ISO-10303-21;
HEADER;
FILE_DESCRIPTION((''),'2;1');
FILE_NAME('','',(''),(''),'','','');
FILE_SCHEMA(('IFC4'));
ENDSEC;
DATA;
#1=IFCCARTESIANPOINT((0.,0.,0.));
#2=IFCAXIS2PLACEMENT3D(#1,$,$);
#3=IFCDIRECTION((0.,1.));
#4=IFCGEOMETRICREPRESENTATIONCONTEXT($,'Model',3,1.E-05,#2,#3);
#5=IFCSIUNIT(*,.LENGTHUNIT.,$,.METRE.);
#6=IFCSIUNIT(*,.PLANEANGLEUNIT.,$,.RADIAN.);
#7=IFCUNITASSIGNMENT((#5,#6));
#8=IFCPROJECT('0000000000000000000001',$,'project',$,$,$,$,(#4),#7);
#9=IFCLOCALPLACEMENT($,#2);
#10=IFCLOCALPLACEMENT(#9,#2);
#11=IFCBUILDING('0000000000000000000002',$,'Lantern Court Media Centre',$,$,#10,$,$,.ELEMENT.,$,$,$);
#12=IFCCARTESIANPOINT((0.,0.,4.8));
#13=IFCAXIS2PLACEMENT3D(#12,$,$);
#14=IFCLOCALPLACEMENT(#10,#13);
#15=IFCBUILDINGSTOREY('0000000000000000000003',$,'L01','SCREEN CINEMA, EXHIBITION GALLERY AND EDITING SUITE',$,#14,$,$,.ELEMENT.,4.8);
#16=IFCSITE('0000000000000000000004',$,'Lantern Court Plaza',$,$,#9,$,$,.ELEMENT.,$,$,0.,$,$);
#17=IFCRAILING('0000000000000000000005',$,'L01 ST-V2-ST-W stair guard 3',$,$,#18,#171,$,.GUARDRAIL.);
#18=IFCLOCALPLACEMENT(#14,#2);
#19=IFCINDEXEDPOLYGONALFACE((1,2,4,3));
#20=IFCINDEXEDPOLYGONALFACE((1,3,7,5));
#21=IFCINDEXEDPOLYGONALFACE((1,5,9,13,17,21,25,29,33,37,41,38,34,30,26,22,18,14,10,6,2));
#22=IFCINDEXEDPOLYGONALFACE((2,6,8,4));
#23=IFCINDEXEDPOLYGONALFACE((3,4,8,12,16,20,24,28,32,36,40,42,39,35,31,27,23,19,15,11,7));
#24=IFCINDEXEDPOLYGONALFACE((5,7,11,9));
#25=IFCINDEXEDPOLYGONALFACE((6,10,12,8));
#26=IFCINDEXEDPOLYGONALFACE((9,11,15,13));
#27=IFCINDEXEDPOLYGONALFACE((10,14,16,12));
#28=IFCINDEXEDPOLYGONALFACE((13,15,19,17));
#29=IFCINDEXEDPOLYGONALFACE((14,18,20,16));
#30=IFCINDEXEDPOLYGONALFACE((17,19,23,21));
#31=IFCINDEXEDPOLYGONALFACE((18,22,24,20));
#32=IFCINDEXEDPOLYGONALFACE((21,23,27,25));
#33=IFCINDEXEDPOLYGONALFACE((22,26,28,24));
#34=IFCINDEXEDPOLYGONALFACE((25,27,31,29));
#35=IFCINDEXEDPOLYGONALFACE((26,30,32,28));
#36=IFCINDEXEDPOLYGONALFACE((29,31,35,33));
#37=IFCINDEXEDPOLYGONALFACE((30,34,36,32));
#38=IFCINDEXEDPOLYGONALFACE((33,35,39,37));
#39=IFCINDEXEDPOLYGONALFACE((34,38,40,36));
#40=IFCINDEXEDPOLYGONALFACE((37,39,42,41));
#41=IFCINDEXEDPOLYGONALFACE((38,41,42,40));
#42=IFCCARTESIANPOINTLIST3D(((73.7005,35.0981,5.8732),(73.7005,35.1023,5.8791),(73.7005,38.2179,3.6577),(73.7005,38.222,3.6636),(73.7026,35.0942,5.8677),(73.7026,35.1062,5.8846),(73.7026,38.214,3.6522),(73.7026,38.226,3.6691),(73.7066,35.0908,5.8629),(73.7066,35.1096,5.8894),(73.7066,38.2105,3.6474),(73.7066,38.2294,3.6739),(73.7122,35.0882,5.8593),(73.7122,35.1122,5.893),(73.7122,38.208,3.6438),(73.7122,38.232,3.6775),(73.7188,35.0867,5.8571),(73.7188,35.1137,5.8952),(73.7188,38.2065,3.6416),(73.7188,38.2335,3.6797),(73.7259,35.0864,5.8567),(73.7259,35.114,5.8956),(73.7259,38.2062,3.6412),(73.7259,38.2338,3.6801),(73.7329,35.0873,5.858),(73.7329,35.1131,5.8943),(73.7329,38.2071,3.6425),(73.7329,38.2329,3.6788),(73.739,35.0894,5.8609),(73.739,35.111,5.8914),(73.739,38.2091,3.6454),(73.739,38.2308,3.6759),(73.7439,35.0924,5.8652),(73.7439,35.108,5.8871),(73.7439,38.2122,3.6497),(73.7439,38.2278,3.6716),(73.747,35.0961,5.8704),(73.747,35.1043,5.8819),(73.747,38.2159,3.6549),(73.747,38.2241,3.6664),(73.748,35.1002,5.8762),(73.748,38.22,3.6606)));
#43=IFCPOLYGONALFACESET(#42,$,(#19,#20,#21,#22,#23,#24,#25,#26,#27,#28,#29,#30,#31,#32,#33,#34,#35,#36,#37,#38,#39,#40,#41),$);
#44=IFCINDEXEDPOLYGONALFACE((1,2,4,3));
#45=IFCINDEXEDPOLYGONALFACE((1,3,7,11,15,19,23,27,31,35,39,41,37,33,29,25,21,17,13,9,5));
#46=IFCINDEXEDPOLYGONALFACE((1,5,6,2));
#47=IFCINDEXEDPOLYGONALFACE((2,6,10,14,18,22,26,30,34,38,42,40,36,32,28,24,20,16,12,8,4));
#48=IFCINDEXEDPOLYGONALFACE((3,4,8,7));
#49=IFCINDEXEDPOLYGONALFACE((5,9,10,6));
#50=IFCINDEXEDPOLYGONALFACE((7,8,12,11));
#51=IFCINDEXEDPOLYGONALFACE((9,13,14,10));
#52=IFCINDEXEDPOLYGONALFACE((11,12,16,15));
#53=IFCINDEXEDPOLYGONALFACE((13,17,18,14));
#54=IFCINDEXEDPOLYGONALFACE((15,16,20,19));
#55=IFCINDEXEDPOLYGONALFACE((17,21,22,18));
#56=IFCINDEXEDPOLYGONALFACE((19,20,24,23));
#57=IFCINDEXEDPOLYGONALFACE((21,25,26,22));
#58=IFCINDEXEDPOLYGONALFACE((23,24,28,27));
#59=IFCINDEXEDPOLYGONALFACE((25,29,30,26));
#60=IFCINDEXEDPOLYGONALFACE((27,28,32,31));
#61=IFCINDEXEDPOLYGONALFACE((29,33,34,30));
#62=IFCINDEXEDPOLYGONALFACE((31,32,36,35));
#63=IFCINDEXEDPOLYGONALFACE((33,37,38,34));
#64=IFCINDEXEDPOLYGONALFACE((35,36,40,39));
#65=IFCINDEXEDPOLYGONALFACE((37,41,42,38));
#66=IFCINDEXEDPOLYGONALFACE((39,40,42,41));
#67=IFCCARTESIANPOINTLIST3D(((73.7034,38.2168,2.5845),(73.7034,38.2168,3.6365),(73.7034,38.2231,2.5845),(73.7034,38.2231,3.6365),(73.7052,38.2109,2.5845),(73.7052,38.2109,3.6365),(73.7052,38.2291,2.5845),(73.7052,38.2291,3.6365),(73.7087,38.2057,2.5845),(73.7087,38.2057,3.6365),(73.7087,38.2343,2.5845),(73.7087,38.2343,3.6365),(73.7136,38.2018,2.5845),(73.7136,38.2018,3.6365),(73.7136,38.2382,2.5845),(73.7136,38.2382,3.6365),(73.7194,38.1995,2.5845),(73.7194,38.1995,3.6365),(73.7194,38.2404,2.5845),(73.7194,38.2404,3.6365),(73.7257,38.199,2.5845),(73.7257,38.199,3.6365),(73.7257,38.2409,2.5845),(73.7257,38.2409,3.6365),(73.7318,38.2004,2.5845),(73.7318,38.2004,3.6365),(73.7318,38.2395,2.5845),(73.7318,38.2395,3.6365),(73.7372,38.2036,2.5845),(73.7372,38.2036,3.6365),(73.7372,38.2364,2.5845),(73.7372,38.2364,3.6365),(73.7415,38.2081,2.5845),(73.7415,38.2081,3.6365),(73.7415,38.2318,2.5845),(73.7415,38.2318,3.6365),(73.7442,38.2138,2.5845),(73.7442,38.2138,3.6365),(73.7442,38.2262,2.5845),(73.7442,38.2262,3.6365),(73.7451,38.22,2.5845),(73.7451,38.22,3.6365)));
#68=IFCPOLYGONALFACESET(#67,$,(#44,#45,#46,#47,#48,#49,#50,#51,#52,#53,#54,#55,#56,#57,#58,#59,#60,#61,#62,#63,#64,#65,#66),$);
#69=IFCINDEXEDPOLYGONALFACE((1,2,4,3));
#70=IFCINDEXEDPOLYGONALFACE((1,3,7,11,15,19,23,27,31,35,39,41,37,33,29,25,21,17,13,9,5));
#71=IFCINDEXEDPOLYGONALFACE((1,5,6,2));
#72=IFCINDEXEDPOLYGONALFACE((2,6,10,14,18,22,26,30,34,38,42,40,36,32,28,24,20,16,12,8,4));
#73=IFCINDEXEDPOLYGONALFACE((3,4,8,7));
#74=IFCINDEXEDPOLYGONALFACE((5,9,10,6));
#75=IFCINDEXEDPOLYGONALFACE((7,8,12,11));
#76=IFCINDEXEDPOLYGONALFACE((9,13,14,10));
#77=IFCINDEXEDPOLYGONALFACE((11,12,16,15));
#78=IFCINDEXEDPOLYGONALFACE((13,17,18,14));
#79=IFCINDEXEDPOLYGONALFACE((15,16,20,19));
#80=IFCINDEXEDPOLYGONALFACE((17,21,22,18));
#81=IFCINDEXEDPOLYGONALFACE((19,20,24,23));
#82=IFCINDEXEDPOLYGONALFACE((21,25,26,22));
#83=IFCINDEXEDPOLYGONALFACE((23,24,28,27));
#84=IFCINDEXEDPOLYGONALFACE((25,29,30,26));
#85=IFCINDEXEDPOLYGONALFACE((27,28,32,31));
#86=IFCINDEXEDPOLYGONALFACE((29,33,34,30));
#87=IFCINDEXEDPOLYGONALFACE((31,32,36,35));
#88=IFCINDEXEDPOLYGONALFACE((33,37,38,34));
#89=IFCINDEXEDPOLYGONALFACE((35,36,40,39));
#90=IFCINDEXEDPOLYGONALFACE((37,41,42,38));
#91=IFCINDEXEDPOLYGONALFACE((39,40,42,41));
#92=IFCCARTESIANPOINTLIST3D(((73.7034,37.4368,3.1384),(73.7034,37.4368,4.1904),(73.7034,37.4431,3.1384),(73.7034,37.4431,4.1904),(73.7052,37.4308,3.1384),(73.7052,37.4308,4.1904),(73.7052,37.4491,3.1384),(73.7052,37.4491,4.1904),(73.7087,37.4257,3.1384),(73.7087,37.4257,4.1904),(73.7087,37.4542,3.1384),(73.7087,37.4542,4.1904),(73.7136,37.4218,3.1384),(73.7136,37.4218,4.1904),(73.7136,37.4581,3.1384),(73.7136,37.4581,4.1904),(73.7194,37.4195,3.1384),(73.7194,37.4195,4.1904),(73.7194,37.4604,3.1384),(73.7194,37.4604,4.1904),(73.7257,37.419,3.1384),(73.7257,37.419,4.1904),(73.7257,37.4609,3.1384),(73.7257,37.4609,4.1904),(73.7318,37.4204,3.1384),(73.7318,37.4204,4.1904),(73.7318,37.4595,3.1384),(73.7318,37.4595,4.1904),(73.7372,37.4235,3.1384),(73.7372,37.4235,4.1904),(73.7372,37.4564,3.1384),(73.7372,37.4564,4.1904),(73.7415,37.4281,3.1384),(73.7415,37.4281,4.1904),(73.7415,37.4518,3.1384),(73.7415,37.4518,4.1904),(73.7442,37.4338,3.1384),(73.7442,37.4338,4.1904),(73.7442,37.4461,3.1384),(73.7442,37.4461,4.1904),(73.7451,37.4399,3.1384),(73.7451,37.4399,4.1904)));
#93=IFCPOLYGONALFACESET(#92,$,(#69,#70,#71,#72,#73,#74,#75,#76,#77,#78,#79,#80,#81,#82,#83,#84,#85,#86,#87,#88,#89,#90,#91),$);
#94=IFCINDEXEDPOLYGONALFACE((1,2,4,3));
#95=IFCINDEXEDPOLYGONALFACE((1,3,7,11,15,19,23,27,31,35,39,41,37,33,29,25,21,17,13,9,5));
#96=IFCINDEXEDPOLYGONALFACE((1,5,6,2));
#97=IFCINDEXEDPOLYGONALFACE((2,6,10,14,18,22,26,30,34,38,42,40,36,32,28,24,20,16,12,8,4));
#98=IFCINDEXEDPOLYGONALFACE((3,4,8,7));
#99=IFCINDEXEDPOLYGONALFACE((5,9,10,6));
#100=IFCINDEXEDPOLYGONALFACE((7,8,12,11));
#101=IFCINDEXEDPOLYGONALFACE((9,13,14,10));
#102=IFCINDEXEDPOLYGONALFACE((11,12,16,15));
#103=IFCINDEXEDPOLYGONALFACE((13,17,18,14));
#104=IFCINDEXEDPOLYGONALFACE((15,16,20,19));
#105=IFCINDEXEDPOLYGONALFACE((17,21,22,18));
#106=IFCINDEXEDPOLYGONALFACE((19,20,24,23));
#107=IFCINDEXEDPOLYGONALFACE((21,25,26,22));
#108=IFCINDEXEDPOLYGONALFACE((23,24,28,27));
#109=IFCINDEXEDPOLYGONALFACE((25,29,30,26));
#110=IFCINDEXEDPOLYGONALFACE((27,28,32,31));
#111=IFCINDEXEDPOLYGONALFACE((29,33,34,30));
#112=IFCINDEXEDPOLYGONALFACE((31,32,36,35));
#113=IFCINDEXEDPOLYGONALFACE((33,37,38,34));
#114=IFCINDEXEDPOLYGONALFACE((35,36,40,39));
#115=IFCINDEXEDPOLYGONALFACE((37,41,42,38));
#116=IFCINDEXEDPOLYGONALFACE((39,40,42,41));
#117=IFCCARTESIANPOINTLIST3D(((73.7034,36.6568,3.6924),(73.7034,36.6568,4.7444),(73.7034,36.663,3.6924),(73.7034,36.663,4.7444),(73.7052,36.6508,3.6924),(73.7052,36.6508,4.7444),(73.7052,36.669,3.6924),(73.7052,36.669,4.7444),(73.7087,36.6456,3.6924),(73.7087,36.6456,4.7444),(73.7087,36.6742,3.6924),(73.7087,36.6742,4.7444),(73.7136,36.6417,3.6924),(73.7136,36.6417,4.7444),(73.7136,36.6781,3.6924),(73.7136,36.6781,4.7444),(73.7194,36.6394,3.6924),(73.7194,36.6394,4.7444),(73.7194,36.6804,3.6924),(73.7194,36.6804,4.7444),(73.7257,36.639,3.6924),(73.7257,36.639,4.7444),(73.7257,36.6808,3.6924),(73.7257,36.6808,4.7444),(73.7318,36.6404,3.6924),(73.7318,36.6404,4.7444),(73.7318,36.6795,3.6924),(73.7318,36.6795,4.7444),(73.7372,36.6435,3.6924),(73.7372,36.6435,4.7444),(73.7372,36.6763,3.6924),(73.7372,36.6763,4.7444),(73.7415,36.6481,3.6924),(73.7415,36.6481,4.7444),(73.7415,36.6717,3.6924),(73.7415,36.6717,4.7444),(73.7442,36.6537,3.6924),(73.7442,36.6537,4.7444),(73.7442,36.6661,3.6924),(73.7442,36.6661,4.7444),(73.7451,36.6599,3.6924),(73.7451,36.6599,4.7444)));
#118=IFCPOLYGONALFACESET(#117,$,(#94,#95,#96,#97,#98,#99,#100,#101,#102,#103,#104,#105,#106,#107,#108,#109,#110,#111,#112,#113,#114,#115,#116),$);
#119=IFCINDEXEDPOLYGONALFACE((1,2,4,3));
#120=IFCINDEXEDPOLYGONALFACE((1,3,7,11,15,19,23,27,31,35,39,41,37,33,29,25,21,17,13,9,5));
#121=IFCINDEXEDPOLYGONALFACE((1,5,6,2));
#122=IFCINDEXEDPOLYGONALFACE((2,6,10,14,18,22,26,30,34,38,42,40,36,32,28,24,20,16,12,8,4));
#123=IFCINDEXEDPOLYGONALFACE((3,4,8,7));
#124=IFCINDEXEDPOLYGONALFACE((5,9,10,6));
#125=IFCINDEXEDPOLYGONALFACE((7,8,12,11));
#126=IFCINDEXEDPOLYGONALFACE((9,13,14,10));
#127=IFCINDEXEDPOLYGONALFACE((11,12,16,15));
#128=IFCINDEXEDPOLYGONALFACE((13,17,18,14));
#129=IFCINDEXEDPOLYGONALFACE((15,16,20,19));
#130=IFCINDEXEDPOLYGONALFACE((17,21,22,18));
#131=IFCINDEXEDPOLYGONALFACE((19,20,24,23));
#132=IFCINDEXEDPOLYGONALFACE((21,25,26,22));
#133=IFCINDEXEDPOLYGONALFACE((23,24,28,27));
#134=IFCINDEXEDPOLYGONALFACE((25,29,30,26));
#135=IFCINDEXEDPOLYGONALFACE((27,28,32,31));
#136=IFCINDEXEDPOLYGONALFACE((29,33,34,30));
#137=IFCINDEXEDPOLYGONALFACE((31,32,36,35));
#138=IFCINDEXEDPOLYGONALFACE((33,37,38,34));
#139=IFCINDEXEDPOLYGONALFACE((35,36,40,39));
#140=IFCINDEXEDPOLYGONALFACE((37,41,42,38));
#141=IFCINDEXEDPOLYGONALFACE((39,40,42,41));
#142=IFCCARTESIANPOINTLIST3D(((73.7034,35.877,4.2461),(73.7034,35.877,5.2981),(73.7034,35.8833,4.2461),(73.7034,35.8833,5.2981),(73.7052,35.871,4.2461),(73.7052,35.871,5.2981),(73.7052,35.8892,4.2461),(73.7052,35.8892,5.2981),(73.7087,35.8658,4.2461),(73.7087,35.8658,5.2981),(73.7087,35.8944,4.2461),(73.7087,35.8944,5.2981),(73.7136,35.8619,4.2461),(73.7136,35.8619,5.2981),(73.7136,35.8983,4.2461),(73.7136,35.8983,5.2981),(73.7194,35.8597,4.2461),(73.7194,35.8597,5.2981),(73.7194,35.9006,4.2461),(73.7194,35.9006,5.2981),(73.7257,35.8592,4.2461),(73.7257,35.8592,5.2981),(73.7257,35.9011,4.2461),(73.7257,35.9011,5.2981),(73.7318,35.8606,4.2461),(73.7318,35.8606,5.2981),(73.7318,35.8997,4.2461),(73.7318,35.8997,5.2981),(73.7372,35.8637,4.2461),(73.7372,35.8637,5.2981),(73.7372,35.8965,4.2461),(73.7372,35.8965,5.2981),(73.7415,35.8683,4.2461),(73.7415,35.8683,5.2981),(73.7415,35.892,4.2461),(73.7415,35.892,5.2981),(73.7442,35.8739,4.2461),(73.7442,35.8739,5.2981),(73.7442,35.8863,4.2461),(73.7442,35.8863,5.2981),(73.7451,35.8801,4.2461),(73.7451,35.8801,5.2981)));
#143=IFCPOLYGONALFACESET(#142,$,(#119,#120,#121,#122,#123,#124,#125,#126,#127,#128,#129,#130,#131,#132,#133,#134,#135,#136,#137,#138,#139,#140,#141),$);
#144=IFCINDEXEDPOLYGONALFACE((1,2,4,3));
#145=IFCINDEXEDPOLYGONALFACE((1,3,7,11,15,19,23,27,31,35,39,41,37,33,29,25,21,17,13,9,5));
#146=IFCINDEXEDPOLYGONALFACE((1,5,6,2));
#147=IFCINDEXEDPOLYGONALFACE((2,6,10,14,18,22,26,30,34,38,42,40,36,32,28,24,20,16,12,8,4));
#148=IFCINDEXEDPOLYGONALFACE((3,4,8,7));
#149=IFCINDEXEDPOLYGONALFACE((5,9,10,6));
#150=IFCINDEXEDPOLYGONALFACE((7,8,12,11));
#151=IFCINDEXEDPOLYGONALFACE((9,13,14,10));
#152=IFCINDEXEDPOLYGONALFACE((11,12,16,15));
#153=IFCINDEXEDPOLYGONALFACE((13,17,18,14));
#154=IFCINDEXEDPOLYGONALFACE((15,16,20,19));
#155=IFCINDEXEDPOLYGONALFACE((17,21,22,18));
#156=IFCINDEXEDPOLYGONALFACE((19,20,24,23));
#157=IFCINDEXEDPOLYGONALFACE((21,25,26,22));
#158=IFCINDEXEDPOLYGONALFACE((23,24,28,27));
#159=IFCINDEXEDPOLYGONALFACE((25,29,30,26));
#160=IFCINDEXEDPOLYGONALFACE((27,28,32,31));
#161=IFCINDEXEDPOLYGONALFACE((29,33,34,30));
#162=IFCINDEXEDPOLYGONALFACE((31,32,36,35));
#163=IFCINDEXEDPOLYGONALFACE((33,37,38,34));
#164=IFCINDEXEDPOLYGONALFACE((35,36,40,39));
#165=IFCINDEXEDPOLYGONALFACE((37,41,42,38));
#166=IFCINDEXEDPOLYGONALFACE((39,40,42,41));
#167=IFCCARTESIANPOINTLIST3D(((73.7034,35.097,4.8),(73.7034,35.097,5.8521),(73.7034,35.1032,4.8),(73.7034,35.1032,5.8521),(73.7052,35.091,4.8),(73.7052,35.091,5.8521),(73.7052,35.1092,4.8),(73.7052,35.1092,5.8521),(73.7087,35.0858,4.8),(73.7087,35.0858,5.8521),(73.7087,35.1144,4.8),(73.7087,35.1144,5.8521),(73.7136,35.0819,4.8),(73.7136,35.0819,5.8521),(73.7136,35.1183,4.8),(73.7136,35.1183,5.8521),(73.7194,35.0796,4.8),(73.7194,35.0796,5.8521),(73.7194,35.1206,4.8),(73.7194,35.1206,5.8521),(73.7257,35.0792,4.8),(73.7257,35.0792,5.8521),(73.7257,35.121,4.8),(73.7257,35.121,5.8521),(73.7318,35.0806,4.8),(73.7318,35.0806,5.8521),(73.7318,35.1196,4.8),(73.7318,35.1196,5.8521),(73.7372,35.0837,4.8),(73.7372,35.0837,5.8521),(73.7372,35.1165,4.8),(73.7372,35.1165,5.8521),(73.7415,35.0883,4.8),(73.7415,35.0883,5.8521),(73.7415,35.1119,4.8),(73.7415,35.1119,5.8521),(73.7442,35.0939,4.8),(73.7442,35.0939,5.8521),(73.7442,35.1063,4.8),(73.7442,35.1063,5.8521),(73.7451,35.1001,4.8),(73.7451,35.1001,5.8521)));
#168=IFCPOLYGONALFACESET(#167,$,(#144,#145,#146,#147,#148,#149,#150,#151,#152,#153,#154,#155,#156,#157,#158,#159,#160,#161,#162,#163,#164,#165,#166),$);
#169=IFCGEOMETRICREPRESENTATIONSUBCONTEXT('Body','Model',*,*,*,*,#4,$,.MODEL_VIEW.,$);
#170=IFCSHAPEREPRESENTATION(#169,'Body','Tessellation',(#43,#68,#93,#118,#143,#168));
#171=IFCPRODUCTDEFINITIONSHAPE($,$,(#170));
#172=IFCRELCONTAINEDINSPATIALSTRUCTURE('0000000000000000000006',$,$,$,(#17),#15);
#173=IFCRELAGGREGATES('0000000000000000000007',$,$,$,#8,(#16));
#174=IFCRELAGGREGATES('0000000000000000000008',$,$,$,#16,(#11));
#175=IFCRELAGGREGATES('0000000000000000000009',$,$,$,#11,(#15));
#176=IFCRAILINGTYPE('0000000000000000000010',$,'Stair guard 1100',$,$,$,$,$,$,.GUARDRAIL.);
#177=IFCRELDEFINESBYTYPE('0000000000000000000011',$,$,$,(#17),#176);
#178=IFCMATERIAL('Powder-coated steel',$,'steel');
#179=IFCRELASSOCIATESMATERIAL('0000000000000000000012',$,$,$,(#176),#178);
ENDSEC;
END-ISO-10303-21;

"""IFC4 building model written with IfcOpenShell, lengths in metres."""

from ifc_helpers import new_model, si_unit, direction, frame, origin, origin_2d, place, context, subcontext, project, spatial, circle, extrude, material, type_object, element, save


model = new_model("IFC4")

# Units and contexts
model_context = context("Model", 3, precision=1e-05, world=origin(), true_north=direction((0.0, 1.0)))
body_context = subcontext(model_context, "Body", "Model", "MODEL_VIEW")
ifc_project = project(units=[si_unit("LENGTHUNIT", "METRE"), si_unit("PLANEANGLEUNIT", "RADIAN")], contexts=[model_context])

# Site, building, storey
site_placement = place(None, origin())
site = spatial("IfcSite", under=ifc_project, at=site_placement, Name="Lantern Court Plaza", CompositionType="ELEMENT", RefElevation=0.0)
building_placement = place(site_placement, origin())
building = spatial("IfcBuilding", under=site, at=building_placement, Name="Lantern Court Media Centre", CompositionType="ELEMENT")
storey_placement = place(building_placement, frame((0.0, 0.0, 4.8)))
storey = spatial("IfcBuildingStorey", under=building, at=storey_placement, Name="L01", Description="SCREEN CINEMA, EXHIBITION GALLERY AND EDITING SUITE", CompositionType="ELEMENT", Elevation=4.8)

# Railing
ifc_material_1 = material(Name="Powder-coated steel", Category="steel")
railing_type_1 = type_object("IfcRailingType", Name="Stair guard 1100", PredefinedType="GUARDRAIL", material=ifc_material_1)
railing_1_placement = place(storey_placement, frame((73.7241, 38.22, 2.5845)))
element("IfcRailing", 1, at=railing_1_placement, inside=storey, type_object=railing_type_1, Name="L01 ST-V2-ST-W stair guard 3", PredefinedType="GUARDRAIL", context=body_context, shape_type="SweptSolid", body=[
    extrude(circle(Radius=0.0239, at=origin_2d()), frame((0.0, 0.0, 1.0762), z_axis=(0.0, -0.815325, 0.579003), x_axis=(1.0, 0.0, 0.0)), (0.0, 0.0, 1.0), 3.8264),
    extrude(circle(Radius=0.021, at=origin_2d()), origin(), (0.0, 0.0, 1.0), 1.052),
    extrude(circle(Radius=0.021, at=origin_2d()), frame((0.0, -0.78, 0.554)), (0.0, 0.0, 1.0), 1.052),
    extrude(circle(Radius=0.021, at=origin_2d()), frame((0.0, -1.5601, 1.1079)), (0.0, 0.0, 1.0), 1.052),
    extrude(circle(Radius=0.021, at=origin_2d()), frame((0.0, -2.3398, 1.6616)), (0.0, 0.0, 1.0), 1.052),
    extrude(circle(Radius=0.021, at=origin_2d()), frame((0.0, -3.1199, 2.2156)), (0.0, 0.0, 1.0), 1.052),
])

save(model, "model.ifc")
